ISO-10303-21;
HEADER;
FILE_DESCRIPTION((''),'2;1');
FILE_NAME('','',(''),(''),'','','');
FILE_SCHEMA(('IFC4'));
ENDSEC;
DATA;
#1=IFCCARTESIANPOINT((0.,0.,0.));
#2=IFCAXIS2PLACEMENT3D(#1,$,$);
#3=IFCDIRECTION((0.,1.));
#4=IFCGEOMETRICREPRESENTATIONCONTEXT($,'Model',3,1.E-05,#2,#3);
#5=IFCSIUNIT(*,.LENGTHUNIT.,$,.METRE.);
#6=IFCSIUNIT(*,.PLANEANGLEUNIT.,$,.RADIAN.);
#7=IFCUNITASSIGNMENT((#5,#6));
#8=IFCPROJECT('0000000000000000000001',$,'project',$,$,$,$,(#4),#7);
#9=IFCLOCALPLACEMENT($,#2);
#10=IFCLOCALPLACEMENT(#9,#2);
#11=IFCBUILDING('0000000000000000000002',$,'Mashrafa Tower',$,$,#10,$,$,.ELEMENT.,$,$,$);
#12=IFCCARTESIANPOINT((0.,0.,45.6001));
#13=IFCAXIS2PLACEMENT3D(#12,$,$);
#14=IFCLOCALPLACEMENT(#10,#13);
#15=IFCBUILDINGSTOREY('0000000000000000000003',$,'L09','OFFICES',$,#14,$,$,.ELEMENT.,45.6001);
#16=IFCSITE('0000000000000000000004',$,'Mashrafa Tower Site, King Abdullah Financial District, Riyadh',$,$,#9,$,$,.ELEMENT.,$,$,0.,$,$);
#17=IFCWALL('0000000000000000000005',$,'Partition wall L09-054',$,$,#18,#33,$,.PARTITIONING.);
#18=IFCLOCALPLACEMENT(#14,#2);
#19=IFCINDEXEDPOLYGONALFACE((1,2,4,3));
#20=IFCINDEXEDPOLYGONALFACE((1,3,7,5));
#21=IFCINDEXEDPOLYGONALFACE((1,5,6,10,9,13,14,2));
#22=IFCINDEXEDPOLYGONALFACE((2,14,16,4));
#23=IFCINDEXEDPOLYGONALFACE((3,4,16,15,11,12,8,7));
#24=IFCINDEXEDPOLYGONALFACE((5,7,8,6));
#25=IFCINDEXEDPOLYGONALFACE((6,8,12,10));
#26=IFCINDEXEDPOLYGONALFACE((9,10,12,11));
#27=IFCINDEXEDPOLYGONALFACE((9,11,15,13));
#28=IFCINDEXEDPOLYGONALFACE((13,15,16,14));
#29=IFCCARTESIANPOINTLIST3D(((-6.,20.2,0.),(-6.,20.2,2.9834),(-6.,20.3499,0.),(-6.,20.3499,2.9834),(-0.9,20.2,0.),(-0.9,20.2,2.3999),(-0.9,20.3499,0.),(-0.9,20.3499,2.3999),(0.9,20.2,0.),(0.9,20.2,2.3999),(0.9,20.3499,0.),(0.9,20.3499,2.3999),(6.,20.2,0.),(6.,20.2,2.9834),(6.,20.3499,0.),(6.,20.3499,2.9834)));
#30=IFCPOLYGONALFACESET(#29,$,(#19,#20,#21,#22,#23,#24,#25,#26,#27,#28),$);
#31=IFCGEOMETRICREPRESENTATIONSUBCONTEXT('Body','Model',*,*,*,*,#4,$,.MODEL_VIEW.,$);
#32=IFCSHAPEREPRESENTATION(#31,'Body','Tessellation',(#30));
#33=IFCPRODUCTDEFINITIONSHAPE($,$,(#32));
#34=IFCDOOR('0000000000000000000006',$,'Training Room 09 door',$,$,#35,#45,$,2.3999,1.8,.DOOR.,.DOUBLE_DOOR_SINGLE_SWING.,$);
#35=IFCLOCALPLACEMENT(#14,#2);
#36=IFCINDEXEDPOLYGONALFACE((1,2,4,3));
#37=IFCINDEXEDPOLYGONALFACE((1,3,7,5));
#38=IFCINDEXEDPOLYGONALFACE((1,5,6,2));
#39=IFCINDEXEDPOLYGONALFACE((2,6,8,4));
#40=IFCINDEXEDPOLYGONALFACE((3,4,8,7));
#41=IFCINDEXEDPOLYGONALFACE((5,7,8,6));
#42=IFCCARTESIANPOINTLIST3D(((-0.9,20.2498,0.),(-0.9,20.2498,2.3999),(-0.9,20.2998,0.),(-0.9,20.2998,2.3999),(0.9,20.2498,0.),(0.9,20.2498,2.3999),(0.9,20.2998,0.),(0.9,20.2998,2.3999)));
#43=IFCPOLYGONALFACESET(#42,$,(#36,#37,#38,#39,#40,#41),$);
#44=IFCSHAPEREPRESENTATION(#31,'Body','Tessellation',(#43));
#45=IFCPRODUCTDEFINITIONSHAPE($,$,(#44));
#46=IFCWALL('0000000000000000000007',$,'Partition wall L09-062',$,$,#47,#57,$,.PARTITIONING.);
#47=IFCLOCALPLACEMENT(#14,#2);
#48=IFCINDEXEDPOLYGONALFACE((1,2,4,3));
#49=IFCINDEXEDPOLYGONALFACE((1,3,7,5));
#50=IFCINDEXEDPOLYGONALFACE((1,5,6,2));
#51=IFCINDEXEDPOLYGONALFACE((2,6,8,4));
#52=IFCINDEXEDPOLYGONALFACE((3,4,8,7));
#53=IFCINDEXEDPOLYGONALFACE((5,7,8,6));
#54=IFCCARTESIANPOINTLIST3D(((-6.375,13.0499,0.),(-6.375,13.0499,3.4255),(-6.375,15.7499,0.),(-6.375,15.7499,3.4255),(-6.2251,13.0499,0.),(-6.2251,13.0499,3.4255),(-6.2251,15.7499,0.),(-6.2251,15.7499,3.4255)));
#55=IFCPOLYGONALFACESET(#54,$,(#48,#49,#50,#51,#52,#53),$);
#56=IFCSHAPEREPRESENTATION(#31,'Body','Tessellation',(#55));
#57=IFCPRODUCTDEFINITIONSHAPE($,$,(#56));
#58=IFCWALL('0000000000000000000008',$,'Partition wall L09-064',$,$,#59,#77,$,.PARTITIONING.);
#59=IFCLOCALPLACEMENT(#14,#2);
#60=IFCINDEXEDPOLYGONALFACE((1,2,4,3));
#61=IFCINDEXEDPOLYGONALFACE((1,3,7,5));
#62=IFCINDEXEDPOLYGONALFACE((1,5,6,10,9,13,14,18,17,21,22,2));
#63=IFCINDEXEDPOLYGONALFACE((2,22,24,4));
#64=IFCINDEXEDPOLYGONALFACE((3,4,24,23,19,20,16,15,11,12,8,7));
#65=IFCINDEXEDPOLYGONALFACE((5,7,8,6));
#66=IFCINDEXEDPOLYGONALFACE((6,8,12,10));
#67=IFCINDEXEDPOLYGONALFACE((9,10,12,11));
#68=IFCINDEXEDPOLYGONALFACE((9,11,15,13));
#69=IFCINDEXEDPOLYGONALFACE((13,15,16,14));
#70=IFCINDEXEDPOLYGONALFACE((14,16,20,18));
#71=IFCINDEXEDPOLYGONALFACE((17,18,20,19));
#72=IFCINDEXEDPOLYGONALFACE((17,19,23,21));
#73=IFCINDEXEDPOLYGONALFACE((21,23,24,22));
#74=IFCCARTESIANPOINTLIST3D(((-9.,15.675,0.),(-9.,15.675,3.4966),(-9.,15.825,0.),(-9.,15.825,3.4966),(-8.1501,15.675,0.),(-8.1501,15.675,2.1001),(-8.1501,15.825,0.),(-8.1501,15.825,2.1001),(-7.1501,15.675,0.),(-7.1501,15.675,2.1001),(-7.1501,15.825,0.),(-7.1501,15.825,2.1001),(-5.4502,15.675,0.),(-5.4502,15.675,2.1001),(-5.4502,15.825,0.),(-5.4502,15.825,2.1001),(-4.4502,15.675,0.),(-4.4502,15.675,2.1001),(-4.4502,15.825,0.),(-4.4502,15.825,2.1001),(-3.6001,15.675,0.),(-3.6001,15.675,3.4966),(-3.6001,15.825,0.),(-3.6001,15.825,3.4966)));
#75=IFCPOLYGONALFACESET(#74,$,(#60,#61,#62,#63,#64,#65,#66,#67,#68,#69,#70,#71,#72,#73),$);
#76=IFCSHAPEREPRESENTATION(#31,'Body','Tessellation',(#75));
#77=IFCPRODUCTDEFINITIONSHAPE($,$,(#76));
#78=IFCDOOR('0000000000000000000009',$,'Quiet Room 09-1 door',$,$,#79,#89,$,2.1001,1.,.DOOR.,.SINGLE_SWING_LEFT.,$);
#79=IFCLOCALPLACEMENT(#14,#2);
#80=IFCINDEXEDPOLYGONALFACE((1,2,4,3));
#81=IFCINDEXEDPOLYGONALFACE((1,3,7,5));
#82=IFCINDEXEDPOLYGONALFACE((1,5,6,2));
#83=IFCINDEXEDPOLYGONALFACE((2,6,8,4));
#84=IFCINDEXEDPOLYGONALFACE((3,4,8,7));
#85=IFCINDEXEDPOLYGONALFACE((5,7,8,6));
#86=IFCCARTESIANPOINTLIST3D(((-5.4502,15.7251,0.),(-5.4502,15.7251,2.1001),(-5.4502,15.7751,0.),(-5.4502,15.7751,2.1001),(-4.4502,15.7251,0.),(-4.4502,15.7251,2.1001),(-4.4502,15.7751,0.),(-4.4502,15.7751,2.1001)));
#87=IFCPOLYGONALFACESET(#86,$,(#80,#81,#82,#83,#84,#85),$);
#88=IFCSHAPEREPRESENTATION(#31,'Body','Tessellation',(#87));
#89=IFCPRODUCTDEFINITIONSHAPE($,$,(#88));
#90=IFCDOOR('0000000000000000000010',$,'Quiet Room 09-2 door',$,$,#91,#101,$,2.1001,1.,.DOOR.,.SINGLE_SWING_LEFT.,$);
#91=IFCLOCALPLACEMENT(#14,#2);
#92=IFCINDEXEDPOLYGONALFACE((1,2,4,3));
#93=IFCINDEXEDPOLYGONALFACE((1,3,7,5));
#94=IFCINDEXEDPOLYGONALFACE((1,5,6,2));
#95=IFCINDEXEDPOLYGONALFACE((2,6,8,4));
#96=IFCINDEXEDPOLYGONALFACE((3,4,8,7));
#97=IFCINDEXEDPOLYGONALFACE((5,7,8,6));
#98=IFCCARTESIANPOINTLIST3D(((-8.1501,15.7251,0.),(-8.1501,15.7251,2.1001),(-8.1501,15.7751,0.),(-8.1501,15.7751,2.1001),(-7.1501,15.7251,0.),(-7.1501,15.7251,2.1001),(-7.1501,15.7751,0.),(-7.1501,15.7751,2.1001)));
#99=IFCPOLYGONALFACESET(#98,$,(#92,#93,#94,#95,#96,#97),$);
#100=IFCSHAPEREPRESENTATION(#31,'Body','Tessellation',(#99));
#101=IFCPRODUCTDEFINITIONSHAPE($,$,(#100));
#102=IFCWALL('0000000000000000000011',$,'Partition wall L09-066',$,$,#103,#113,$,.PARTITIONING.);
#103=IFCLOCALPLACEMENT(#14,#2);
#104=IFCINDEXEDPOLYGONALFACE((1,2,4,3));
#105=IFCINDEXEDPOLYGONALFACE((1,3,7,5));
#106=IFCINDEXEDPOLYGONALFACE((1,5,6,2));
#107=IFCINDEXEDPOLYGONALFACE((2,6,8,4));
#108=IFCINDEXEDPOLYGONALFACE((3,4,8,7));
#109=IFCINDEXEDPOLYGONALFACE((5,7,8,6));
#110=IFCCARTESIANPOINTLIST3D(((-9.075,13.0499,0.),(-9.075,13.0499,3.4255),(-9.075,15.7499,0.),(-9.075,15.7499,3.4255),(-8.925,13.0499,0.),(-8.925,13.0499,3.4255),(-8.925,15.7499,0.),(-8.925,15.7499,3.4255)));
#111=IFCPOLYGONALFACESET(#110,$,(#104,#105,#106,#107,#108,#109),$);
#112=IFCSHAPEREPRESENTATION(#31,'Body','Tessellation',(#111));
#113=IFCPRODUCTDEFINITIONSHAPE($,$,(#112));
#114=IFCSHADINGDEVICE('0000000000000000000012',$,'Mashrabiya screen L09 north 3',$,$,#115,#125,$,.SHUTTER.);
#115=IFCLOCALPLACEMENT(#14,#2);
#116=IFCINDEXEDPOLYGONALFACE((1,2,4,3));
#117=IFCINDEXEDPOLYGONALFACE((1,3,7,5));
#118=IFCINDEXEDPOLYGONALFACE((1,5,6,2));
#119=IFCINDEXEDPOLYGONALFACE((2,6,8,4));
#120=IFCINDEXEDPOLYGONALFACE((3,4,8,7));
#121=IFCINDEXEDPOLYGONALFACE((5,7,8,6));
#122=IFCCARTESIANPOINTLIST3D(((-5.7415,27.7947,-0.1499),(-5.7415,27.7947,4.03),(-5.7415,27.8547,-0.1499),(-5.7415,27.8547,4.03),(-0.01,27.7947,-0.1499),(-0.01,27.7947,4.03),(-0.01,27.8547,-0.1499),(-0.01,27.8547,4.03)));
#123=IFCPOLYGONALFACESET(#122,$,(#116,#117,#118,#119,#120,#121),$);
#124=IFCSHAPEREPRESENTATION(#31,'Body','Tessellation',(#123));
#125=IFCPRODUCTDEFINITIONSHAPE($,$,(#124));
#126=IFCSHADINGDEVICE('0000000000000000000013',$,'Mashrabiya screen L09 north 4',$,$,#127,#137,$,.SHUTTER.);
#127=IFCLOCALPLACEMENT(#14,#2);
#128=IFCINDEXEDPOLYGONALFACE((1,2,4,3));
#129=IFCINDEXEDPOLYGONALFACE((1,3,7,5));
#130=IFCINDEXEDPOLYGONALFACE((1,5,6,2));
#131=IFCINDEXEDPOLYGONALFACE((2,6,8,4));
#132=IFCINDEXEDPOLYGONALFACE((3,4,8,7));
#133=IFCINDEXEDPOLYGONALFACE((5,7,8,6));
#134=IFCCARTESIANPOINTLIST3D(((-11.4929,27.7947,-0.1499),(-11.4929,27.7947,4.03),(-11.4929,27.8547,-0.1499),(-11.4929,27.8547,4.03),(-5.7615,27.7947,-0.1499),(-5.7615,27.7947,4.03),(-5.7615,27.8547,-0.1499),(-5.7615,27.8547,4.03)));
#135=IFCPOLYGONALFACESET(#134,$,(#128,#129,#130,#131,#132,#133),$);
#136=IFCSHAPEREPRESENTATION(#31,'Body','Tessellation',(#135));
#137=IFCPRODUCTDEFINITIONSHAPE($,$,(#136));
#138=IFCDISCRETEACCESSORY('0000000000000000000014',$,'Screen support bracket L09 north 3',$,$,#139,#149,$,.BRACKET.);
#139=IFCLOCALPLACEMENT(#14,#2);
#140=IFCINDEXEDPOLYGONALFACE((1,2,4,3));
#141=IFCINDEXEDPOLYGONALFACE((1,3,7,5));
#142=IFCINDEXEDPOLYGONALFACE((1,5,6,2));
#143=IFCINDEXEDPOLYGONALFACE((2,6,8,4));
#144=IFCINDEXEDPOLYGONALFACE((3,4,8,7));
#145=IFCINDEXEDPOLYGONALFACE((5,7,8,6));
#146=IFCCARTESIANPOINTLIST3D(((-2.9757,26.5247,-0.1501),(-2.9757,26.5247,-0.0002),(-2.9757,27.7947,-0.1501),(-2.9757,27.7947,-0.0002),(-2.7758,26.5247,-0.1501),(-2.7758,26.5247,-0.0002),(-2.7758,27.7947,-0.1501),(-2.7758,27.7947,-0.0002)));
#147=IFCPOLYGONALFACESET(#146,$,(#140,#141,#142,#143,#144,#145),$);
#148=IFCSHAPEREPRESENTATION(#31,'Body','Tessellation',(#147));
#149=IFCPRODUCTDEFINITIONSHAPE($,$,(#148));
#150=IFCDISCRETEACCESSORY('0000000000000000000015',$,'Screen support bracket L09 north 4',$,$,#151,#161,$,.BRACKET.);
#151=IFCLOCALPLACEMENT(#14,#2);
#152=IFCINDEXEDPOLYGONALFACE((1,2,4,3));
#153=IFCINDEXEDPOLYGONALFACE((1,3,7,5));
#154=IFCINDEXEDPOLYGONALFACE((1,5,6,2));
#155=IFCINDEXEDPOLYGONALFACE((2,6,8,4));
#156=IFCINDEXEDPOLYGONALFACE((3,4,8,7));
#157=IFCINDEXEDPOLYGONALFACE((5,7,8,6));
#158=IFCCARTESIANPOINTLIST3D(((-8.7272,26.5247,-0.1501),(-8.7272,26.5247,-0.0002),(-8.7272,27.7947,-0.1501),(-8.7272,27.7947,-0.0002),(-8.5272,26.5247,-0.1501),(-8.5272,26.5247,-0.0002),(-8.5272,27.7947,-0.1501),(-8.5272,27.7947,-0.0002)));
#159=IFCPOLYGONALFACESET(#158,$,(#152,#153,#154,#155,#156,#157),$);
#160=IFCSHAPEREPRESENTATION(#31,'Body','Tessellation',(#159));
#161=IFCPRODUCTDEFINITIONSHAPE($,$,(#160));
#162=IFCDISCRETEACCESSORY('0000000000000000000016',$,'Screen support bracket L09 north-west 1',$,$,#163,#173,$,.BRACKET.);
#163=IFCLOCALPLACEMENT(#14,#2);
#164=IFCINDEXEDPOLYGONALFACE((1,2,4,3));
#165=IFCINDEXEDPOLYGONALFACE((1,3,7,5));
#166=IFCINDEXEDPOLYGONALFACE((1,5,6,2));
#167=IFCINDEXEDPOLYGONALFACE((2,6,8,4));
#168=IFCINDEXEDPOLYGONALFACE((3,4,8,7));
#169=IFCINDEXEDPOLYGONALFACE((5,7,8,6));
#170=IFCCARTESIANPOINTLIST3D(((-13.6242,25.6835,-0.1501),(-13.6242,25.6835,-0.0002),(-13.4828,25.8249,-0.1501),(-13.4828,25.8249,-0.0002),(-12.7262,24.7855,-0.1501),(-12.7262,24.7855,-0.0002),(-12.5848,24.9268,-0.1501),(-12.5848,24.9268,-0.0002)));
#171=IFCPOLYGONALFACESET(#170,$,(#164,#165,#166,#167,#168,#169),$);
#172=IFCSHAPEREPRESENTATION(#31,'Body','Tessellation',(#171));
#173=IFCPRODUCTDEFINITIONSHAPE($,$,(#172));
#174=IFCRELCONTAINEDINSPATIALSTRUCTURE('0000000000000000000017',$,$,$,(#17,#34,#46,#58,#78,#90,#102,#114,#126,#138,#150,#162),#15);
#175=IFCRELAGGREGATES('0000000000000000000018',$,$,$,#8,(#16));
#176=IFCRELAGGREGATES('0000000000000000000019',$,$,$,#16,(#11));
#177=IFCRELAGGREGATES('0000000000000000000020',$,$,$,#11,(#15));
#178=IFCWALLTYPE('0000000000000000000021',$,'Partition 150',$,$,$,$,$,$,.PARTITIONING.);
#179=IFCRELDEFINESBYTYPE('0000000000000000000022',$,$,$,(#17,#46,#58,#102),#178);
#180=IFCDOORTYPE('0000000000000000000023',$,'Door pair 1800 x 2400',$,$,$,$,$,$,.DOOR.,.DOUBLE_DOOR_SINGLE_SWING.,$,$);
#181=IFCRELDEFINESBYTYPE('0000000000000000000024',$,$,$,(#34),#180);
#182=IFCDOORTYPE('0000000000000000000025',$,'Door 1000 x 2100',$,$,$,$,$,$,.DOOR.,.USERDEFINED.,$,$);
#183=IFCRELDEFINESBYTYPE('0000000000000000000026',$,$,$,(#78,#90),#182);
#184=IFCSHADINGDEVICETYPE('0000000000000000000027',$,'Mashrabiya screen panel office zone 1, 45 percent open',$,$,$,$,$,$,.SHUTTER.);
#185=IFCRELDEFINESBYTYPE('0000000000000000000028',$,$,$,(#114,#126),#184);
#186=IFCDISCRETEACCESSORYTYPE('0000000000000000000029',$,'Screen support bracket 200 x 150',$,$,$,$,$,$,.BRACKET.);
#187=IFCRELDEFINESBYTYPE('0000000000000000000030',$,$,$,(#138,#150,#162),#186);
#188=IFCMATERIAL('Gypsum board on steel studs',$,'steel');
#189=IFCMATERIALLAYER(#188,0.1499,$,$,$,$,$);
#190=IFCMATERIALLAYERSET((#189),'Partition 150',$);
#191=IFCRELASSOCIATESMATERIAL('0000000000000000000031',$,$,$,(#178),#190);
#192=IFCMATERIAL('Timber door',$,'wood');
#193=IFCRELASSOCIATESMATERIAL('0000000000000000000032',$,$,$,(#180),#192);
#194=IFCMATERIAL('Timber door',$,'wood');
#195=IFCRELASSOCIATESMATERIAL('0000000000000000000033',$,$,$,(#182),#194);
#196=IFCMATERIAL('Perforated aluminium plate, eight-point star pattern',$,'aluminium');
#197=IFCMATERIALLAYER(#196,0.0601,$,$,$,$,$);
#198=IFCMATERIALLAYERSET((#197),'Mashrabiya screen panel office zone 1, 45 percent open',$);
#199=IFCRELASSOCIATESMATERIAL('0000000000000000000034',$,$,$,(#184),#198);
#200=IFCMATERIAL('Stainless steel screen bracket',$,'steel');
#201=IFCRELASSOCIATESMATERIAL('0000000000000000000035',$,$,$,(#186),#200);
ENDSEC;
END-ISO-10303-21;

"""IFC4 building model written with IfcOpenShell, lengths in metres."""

from ifc_helpers import new_model, si_unit, direction, frame, frame_2d, origin, origin_2d, place, context, subcontext, project, spatial, rectangle, extrude, source, transform, mapped, material, layer, layer_set, type_object, type_shapes, element, fill, save


model = new_model("IFC4")

# Units and contexts
model_context = context("Model", 3, precision=1e-05, world=origin(), true_north=direction((0.0, 1.0)))
body_context = subcontext(model_context, "Body", "Model", "MODEL_VIEW")
ifc_project = project(units=[si_unit("LENGTHUNIT", "METRE"), si_unit("PLANEANGLEUNIT", "RADIAN")], contexts=[model_context])

# Site, building, storey
site_placement = place(None, origin())
site = spatial("IfcSite", under=ifc_project, at=site_placement, Name="Mashrafa Tower Site, King Abdullah Financial District, Riyadh", CompositionType="ELEMENT", RefElevation=0.0)
building_placement = place(site_placement, origin())
building = spatial("IfcBuilding", under=site, at=building_placement, Name="Mashrafa Tower", CompositionType="ELEMENT")
storey_placement = place(building_placement, frame((0.0, 0.0, 45.6001)))
storey = spatial("IfcBuildingStorey", under=building, at=storey_placement, Name="L09", Description="OFFICES", CompositionType="ELEMENT", Elevation=45.6001)

# Shared definitions
ifc_material_1 = material(Name="Gypsum board on steel studs", Category="steel")
ifc_layer_1 = layer(ifc_material_1, 0.1499)
ifc_layer_set_1 = layer_set([ifc_layer_1], Name="Partition 150")
wall_type_1 = type_object("IfcWallType", Name="Partition 150", PredefinedType="PARTITIONING", material=ifc_layer_set_1)

# Wall, opening, door
wall_1_placement = place(storey_placement, frame((-6.0, 20.2749, 0.0), z_axis=(0.0, 0.0, 1.0), x_axis=(1.0, 0.0, 0.0)))
wall_1 = element("IfcWall", 1, at=wall_1_placement, inside=storey, type_object=wall_type_1, Name="Partition wall L09-054", PredefinedType="PARTITIONING", context=body_context, shape_type="SweptSolid", body=[
    extrude(rectangle(XDim=12.0, YDim=0.1499, at=frame_2d((6.0, 0.0))), origin(), (0.0, 0.0, 1.0), 2.9834),
])
opening_1_placement = place(wall_1_placement, frame((5.1001, 0.0, 0.0)))
opening_1 = element("IfcOpeningElement", 2, at=opening_1_placement, cuts=wall_1, PredefinedType="OPENING", context=body_context, shape_type="SweptSolid", body=[
    extrude(rectangle(XDim=1.8, YDim=2.3999, at=frame_2d((0.8999, 1.2))), frame((0.0, 0.085, 0.0), z_axis=(0.0, -1.0, 0.0), x_axis=(1.0, 0.0, 0.0)), (0.0, 0.0, 1.0), 0.1699),
])
ifc_material_2 = material(Name="Timber door", Category="wood")
door_type_1 = type_object("IfcDoorType", Name="Door pair 1800 x 2400", OperationType="DOUBLE_DOOR_SINGLE_SWING", PredefinedType="DOOR", material=ifc_material_2)
door_1_placement = place(opening_1_placement, origin())
door_1 = element("IfcDoor", 3, at=door_1_placement, inside=storey, type_object=door_type_1, Name="Training Room 09 door", OperationType="DOUBLE_DOOR_SINGLE_SWING", OverallHeight=2.3999, OverallWidth=1.8, PredefinedType="DOOR", context=body_context, shape_type="SweptSolid", body=[
    extrude(rectangle(XDim=1.8, YDim=2.3999, at=frame_2d((0.8999, 1.2))), frame((0.0, 0.0249, 0.0), z_axis=(0.0, -1.0, 0.0), x_axis=(1.0, 0.0, 0.0)), (0.0, 0.0, 1.0), 0.05),
])
fill(opening_1, door_1)

# Wall
wall_2_placement = place(storey_placement, frame((-6.3, 15.75, 0.0), z_axis=(0.0, 0.0, 1.0), x_axis=(0.0, -1.0, 0.0)))
element("IfcWall", 4, at=wall_2_placement, inside=storey, type_object=wall_type_1, Name="Partition wall L09-062", PredefinedType="PARTITIONING", context=body_context, shape_type="SweptSolid", body=[
    extrude(rectangle(XDim=2.7, YDim=0.1499, at=frame_2d((1.3501, 0.0))), origin(), (0.0, 0.0, 1.0), 3.4255),
])

# Wall, openings, doors
wall_3_placement = place(storey_placement, frame((-3.6001, 15.75, 0.0), z_axis=(0.0, 0.0, 1.0), x_axis=(-1.0, 0.0, 0.0)))
wall_3 = element("IfcWall", 5, at=wall_3_placement, inside=storey, type_object=wall_type_1, Name="Partition wall L09-064", PredefinedType="PARTITIONING", context=body_context, shape_type="SweptSolid", body=[
    extrude(rectangle(XDim=5.3999, YDim=0.1499, at=frame_2d((2.7, 0.0))), origin(), (0.0, 0.0, 1.0), 3.4966),
])
opening_2_placement = place(wall_3_placement, frame((0.8501, 0.0, 0.0)))
opening_2 = element("IfcOpeningElement", 6, at=opening_2_placement, cuts=wall_3, PredefinedType="OPENING", context=body_context, shape_type="SweptSolid", body=[
    extrude(rectangle(XDim=1.0, YDim=2.1001, at=frame_2d((0.5, 1.05))), frame((0.0, 0.085, 0.0), z_axis=(0.0, -1.0, 0.0), x_axis=(1.0, 0.0, 0.0)), (0.0, 0.0, 1.0), 0.1699),
])
opening_3_placement = place(wall_3_placement, frame((3.55, 0.0, 0.0)))
opening_3 = element("IfcOpeningElement", 7, at=opening_3_placement, cuts=wall_3, PredefinedType="OPENING", context=body_context, shape_type="SweptSolid", body=[
    extrude(rectangle(XDim=1.0, YDim=2.1001, at=frame_2d((0.5, 1.05))), frame((0.0, 0.085, 0.0), z_axis=(0.0, -1.0, 0.0), x_axis=(1.0, 0.0, 0.0)), (0.0, 0.0, 1.0), 0.1699),
])
ifc_material_3 = material(Name="Timber door", Category="wood")
door_type_2 = type_object("IfcDoorType", Name="Door 1000 x 2100", OperationType="USERDEFINED", PredefinedType="DOOR", material=ifc_material_3)
door_2_placement = place(opening_2_placement, origin())
door_2 = element("IfcDoor", 8, at=door_2_placement, inside=storey, type_object=door_type_2, Name="Quiet Room 09-1 door", OperationType="SINGLE_SWING_LEFT", OverallHeight=2.1001, OverallWidth=1.0, PredefinedType="DOOR", context=body_context, shape_type="SweptSolid", body=[
    extrude(rectangle(XDim=1.0, YDim=2.1001, at=frame_2d((0.5, 1.05))), frame((0.0, 0.0249, 0.0), z_axis=(0.0, -1.0, 0.0), x_axis=(1.0, 0.0, 0.0)), (0.0, 0.0, 1.0), 0.05),
])
fill(opening_2, door_2)
door_3_placement = place(opening_3_placement, origin())
door_3 = element("IfcDoor", 9, at=door_3_placement, inside=storey, type_object=door_type_2, Name="Quiet Room 09-2 door", OperationType="SINGLE_SWING_LEFT", OverallHeight=2.1001, OverallWidth=1.0, PredefinedType="DOOR", context=body_context, shape_type="SweptSolid", body=[
    extrude(rectangle(XDim=1.0, YDim=2.1001, at=frame_2d((0.5, 1.05))), frame((0.0, 0.0249, 0.0), z_axis=(0.0, -1.0, 0.0), x_axis=(1.0, 0.0, 0.0)), (0.0, 0.0, 1.0), 0.05),
])
fill(opening_3, door_3)

# Wall
wall_4_placement = place(storey_placement, frame((-9.0, 15.75, 0.0), z_axis=(0.0, 0.0, 1.0), x_axis=(0.0, -1.0, 0.0)))
element("IfcWall", 10, at=wall_4_placement, inside=storey, type_object=wall_type_1, Name="Partition wall L09-066", PredefinedType="PARTITIONING", context=body_context, shape_type="SweptSolid", body=[
    extrude(rectangle(XDim=2.7, YDim=0.1499, at=frame_2d((1.3501, 0.0))), origin(), (0.0, 0.0, 1.0), 3.4255),
])

# Shading devices
ifc_material_4 = material(Name="Perforated aluminium plate, eight-point star pattern", Category="aluminium")
ifc_layer_2 = layer(ifc_material_4, 0.0601)
ifc_layer_set_2 = layer_set([ifc_layer_2], Name="Mashrabiya screen panel office zone 1, 45 percent open")
shading_device_type = type_object("IfcShadingDeviceType", Name="Mashrabiya screen panel office zone 1, 45 percent open", PredefinedType="SHUTTER", material=ifc_layer_set_2)
shared_shape_1 = source(origin(), body_context, "Body", "SweptSolid", [
    extrude(rectangle(XDim=5.7314, YDim=0.0601, at=origin_2d()), origin(), (0.0, 0.0, 1.0), 4.1799),
])
type_shapes(shading_device_type, [shared_shape_1])
for number, where, z_axis, x_axis, name in (
    (11, (-2.8757, 27.8247, -0.1499), (0.0, 0.0, 1.0), (-1.0, 0.0, 0.0), "Mashrabiya screen L09 north 3"),
    (12, (-8.6272, 27.8247, -0.1499), (0.0, 0.0, 1.0), (-1.0, 0.0, 0.0), "Mashrabiya screen L09 north 4"),
):
    element("IfcShadingDevice", number, at=place(storey_placement, frame(where, z_axis=z_axis, x_axis=x_axis)), inside=storey, type_object=shading_device_type, Name=name, PredefinedType="SHUTTER", context=body_context, shape_type="MappedRepresentation", body=[
        mapped(shared_shape_1, transform((0.0, 0.0, 0.0))),
    ])

# Discrete accessories
ifc_material_5 = material(Name="Stainless steel screen bracket", Category="steel")
discrete_accessory_type = type_object("IfcDiscreteAccessoryType", Name="Screen support bracket 200 x 150", PredefinedType="BRACKET", material=ifc_material_5)
shared_shape_2 = source(origin(), body_context, "Body", "SweptSolid", [
    extrude(rectangle(XDim=0.2, YDim=1.27, at=origin_2d()), origin(), (0.0, 0.0, 1.0), 0.1499),
])
type_shapes(discrete_accessory_type, [shared_shape_2])
for number, where, z_axis, x_axis, name in (
    (13, (-2.8757, 27.1597, -0.1501), (0.0, 0.0, 1.0), (-1.0, 0.0, 0.0), "Screen support bracket L09 north 3"),
    (14, (-8.6272, 27.1597, -0.1501), (0.0, 0.0, 1.0), (-1.0, 0.0, 0.0), "Screen support bracket L09 north 4"),
    (15, (-13.1045, 25.3052, -0.1501), (0.0, 0.0, 1.0), (-0.707107, -0.707107, 0.0), "Screen support bracket L09 north-west 1"),
):
    element("IfcDiscreteAccessory", number, at=place(storey_placement, frame(where, z_axis=z_axis, x_axis=x_axis)), inside=storey, type_object=discrete_accessory_type, Name=name, PredefinedType="BRACKET", context=body_context, shape_type="MappedRepresentation", body=[
        mapped(shared_shape_2, transform((0.0, 0.0, 0.0))),
    ])

save(model, "model.ifc")
